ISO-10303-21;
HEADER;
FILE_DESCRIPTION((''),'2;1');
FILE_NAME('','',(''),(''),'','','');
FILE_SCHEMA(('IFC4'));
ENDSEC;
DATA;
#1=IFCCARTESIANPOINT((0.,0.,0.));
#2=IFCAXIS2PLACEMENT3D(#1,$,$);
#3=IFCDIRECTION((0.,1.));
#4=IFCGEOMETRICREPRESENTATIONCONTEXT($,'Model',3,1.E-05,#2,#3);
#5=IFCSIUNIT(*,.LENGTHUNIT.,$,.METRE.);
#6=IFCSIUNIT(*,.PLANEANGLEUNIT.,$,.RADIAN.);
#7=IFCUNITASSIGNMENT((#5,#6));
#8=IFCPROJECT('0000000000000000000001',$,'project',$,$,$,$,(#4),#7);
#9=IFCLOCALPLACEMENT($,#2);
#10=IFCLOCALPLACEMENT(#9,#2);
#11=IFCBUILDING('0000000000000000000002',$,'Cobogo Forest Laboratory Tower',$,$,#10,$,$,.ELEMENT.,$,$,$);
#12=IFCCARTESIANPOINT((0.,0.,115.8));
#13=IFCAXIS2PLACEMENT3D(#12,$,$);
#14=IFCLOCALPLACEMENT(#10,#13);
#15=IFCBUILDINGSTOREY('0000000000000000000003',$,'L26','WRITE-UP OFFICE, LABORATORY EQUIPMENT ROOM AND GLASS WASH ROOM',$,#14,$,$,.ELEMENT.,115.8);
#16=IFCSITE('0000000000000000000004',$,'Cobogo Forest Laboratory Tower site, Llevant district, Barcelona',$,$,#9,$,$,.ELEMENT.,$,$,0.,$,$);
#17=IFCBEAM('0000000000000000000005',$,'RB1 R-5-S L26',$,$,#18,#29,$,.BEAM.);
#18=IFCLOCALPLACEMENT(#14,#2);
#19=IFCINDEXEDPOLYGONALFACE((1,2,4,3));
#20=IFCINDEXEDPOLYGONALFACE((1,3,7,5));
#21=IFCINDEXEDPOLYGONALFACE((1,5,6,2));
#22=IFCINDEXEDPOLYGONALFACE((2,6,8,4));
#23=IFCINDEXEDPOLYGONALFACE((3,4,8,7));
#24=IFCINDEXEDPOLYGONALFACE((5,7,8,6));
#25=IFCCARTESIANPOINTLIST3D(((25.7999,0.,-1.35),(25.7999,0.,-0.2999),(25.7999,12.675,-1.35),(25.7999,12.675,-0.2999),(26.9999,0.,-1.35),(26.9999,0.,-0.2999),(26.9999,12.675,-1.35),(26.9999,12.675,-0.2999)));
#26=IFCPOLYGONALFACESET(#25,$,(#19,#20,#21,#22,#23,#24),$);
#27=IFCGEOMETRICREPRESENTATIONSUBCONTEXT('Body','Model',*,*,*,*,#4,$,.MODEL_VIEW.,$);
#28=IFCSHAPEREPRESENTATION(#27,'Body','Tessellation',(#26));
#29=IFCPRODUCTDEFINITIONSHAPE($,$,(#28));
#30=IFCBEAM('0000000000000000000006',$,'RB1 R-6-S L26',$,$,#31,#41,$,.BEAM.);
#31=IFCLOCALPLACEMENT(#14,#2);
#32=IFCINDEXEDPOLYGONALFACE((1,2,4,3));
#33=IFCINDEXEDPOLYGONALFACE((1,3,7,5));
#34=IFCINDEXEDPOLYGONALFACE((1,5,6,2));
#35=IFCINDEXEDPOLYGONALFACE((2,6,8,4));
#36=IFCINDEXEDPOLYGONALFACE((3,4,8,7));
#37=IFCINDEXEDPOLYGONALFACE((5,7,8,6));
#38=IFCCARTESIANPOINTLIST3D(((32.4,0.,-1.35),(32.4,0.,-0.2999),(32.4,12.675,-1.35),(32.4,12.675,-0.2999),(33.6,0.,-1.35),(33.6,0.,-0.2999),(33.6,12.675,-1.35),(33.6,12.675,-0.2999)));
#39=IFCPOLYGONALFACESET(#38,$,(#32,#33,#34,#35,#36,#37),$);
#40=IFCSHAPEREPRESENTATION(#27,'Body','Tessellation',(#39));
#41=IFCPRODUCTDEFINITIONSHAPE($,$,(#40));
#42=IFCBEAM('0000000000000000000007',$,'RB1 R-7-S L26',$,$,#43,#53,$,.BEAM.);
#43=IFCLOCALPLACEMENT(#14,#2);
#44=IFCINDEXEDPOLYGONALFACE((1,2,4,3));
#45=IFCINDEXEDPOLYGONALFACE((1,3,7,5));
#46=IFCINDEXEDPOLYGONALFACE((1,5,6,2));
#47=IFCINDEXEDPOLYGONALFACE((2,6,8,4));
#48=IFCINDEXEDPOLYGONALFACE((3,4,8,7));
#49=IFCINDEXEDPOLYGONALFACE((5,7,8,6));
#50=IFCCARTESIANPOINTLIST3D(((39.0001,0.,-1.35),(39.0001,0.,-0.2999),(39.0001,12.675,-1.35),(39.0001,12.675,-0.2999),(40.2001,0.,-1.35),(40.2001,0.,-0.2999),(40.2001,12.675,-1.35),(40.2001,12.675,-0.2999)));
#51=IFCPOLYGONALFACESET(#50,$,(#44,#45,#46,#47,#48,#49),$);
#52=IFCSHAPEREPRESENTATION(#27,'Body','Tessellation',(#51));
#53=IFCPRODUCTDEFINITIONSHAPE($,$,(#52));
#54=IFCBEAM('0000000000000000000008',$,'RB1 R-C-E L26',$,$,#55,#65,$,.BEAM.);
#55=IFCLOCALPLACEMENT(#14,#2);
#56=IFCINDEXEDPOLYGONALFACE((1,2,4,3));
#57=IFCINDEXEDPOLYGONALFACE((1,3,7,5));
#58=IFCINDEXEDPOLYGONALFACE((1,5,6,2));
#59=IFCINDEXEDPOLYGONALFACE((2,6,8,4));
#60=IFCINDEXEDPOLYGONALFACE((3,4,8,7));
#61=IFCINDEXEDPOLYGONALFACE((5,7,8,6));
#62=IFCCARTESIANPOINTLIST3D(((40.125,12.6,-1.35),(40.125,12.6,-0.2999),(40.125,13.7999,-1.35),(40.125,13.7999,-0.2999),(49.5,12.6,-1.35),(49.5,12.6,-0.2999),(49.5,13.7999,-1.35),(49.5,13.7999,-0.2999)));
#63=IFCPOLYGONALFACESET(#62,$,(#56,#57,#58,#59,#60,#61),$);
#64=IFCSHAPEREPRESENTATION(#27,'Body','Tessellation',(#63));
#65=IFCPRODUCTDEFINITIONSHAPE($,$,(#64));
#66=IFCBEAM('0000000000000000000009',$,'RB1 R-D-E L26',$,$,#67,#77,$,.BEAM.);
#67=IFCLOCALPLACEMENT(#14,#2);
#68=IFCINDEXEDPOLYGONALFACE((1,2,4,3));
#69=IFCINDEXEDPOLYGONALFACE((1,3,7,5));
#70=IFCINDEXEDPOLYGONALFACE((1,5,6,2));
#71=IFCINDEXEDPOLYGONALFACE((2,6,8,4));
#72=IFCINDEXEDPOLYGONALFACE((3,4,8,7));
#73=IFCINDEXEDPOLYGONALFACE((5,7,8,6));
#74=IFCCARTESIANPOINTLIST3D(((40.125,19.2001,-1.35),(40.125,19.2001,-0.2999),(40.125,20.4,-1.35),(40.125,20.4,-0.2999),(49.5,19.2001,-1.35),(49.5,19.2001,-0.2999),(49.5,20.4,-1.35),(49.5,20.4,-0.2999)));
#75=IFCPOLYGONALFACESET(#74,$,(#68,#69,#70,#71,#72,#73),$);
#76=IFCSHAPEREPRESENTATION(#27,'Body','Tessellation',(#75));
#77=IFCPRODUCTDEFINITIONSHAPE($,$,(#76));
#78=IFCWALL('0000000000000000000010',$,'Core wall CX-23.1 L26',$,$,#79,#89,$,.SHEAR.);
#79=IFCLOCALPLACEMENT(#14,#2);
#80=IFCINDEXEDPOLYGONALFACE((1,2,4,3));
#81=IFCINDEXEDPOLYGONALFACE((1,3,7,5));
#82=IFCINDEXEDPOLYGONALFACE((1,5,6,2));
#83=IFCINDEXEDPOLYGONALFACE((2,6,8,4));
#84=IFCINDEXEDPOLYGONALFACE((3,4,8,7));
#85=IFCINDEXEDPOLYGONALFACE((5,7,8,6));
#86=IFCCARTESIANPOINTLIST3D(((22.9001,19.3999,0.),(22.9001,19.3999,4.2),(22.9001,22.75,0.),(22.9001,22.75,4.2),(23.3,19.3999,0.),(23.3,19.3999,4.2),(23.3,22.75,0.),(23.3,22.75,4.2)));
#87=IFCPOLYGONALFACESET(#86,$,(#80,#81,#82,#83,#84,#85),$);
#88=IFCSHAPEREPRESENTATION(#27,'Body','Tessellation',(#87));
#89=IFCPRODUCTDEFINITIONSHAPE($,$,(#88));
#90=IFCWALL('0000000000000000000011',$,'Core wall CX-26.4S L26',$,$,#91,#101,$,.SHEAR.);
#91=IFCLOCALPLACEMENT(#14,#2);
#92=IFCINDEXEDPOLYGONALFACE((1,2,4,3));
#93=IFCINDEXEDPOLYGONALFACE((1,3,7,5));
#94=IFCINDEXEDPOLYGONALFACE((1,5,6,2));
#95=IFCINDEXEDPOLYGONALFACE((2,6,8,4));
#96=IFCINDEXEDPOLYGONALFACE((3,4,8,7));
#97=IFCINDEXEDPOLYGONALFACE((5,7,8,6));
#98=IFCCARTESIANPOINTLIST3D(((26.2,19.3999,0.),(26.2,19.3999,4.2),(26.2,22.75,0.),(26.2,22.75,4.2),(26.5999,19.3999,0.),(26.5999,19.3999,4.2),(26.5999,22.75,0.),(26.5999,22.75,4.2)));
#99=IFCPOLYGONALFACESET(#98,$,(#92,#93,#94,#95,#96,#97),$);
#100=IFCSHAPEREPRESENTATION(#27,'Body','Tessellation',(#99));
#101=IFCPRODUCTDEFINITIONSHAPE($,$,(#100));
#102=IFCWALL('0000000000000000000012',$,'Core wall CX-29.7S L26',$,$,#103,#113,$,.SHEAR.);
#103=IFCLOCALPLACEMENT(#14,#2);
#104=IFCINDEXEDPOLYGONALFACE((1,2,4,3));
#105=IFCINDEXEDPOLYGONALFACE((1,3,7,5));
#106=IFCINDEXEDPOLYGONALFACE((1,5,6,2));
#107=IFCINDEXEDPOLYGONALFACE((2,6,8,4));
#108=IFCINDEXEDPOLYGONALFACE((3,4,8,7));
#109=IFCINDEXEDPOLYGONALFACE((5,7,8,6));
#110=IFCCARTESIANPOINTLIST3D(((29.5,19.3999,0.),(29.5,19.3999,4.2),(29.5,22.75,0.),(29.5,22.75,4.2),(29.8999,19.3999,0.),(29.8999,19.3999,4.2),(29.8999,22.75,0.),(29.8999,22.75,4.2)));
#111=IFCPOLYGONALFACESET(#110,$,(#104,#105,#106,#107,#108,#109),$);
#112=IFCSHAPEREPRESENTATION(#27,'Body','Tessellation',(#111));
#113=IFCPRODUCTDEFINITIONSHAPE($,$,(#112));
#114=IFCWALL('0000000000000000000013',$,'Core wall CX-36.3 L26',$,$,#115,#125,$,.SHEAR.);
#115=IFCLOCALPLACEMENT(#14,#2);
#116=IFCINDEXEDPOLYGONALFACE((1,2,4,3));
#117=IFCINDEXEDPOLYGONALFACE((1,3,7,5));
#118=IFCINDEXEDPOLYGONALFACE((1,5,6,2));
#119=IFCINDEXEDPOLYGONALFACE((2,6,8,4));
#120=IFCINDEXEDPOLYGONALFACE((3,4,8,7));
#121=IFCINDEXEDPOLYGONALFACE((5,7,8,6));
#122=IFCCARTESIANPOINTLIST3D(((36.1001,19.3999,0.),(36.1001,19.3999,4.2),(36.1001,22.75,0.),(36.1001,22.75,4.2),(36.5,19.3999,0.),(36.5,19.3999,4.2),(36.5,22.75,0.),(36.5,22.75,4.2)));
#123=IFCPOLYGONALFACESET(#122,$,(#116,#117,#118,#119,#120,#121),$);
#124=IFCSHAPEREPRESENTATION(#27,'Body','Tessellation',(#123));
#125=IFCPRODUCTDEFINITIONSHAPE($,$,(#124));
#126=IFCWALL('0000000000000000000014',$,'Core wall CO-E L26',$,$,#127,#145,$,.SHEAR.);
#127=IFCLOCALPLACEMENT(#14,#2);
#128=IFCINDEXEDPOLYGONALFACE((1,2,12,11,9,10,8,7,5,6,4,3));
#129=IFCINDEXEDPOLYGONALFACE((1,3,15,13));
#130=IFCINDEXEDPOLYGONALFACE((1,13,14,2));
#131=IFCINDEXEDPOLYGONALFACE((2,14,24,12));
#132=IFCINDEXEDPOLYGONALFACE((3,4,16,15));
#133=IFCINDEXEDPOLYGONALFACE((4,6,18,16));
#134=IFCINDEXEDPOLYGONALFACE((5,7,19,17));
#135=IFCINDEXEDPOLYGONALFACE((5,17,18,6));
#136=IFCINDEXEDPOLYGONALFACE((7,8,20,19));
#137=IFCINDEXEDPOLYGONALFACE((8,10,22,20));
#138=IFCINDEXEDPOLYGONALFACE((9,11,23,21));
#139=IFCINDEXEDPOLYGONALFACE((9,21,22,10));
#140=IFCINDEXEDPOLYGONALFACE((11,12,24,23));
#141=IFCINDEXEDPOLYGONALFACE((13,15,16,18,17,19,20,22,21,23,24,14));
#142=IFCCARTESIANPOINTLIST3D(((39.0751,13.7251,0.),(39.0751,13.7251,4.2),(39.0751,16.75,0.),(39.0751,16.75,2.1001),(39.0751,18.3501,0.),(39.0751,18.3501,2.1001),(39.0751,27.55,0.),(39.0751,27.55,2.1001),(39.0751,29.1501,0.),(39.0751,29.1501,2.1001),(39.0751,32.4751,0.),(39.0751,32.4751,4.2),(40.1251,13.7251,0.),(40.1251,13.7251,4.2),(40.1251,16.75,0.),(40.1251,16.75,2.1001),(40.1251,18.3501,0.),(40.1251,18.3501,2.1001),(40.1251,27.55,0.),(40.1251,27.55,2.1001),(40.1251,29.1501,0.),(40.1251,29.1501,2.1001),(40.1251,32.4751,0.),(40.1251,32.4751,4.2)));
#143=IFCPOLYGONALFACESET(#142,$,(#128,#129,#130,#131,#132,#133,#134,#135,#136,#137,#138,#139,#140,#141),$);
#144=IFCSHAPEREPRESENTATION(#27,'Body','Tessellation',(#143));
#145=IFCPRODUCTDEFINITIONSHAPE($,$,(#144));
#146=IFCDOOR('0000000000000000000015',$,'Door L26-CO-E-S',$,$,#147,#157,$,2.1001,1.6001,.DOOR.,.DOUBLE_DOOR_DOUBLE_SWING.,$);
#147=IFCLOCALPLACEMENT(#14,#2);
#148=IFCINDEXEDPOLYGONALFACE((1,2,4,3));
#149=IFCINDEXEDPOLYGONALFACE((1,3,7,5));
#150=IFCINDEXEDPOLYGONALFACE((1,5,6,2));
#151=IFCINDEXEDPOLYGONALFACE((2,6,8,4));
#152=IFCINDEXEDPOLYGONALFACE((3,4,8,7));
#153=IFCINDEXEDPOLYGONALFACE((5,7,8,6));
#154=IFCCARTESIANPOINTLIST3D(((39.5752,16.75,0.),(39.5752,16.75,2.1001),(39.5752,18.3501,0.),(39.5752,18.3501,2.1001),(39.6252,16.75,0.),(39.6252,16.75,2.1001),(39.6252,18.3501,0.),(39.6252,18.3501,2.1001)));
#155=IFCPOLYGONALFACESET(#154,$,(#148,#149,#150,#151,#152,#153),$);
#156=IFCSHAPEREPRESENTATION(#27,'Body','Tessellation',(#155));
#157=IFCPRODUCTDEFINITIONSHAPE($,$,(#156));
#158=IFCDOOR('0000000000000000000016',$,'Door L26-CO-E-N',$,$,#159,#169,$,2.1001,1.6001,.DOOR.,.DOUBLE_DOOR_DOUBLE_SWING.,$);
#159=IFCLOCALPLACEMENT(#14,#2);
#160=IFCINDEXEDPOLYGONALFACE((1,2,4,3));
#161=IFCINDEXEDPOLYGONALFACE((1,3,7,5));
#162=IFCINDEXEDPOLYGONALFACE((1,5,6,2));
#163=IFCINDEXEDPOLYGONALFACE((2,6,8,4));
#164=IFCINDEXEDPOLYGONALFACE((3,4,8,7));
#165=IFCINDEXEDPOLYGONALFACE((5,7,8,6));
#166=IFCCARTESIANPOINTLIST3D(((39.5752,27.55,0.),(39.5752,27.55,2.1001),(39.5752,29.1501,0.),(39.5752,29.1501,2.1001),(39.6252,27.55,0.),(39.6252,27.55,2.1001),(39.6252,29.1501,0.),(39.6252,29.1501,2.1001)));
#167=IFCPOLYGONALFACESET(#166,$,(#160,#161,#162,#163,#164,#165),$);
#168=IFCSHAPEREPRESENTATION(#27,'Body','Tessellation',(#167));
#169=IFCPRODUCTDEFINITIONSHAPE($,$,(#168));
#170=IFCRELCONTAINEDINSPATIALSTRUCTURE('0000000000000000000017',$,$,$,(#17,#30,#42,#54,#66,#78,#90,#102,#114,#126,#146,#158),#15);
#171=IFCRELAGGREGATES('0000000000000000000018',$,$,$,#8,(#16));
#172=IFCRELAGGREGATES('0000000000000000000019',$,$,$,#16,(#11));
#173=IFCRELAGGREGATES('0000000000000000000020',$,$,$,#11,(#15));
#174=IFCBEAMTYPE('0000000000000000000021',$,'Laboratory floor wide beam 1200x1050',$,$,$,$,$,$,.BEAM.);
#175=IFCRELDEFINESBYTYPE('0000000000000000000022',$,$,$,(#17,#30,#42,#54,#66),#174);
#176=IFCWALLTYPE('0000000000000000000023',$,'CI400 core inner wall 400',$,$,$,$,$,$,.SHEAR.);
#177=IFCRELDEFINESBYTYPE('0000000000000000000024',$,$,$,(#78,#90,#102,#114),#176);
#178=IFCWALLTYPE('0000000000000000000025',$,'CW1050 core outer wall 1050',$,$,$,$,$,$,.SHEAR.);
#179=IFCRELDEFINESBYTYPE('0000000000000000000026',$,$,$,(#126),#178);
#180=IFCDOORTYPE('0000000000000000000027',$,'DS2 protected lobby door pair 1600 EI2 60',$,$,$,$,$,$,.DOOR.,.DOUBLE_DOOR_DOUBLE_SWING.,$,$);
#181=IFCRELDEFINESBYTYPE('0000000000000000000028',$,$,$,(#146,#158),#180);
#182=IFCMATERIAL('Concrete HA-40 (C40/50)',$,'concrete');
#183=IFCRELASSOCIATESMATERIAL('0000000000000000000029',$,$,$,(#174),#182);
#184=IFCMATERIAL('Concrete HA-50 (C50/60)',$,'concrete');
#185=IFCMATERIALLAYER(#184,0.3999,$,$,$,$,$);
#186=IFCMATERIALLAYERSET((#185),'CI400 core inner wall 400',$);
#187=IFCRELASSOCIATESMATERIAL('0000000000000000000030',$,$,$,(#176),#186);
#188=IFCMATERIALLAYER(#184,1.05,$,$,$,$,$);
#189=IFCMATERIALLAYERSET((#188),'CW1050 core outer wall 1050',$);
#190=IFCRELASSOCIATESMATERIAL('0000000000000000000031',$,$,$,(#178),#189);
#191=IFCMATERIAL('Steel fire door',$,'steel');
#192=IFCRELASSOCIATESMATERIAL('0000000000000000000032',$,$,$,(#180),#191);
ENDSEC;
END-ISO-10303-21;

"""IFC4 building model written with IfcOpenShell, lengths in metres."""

from ifc_helpers import new_model, si_unit, direction, frame, frame_2d, origin, origin_2d, place, context, subcontext, project, spatial, rectangle, extrude, material, layer, layer_set, material_profile, profile_set, type_object, element, fill, save


model = new_model("IFC4")

# Units and contexts
model_context = context("Model", 3, precision=1e-05, world=origin(), true_north=direction((0.0, 1.0)))
body_context = subcontext(model_context, "Body", "Model", "MODEL_VIEW")
ifc_project = project(units=[si_unit("LENGTHUNIT", "METRE"), si_unit("PLANEANGLEUNIT", "RADIAN")], contexts=[model_context])

# Site, building, storey
site_placement = place(None, origin())
site = spatial("IfcSite", under=ifc_project, at=site_placement, Name="Cobogo Forest Laboratory Tower site, Llevant district, Barcelona", CompositionType="ELEMENT", RefElevation=0.0)
building_placement = place(site_placement, origin())
building = spatial("IfcBuilding", under=site, at=building_placement, Name="Cobogo Forest Laboratory Tower", CompositionType="ELEMENT")
storey_placement = place(building_placement, frame((0.0, 0.0, 115.8)))
storey = spatial("IfcBuildingStorey", under=building, at=storey_placement, Name="L26", Description="WRITE-UP OFFICE, LABORATORY EQUIPMENT ROOM AND GLASS WASH ROOM", CompositionType="ELEMENT", Elevation=115.8)

# Beams
ifc_material_1 = material(Name="Concrete HA-40 (C40/50)", Category="concrete")
ifc_material_profile = material_profile(ifc_material_1, rectangle(XDim=1.2, YDim=1.05, at=origin_2d()), Name="RC 1200x1050")
ifc_profile_set = profile_set([ifc_material_profile], Name="Concrete HA-40 (C40/50)")
beam_type = type_object("IfcBeamType", Name="Laboratory floor wide beam 1200x1050", PredefinedType="BEAM", material=ifc_profile_set)
for number, where, z_axis, x_axis, name in (
    (1, (26.3999, 12.675, -0.825), (0.0, -1.0, 0.0), (1.0, 0.0, 0.0), "RB1 R-5-S L26"),
    (2, (33.0, 12.675, -0.825), (0.0, -1.0, 0.0), (1.0, 0.0, 0.0), "RB1 R-6-S L26"),
    (3, (39.6001, 12.675, -0.825), (0.0, -1.0, 0.0), (1.0, 0.0, 0.0), "RB1 R-7-S L26"),
):
    element("IfcBeam", number, at=place(storey_placement, frame(where, z_axis=z_axis, x_axis=x_axis)), inside=storey, type_object=beam_type, Name=name, PredefinedType="BEAM", context=body_context, shape_type="SweptSolid", body=[
        extrude(rectangle(XDim=1.2, YDim=1.05, at=origin_2d()), origin(), (0.0, 0.0, 1.0), 12.675),
    ])
for number, where, z_axis, x_axis, name in (
    (4, (40.125, 13.2, -0.825), (1.0, 0.0, 0.0), (0.0, 1.0, 0.0), "RB1 R-C-E L26"),
    (5, (40.125, 19.8, -0.825), (1.0, 0.0, 0.0), (0.0, 1.0, 0.0), "RB1 R-D-E L26"),
):
    element("IfcBeam", number, at=place(storey_placement, frame(where, z_axis=z_axis, x_axis=x_axis)), inside=storey, type_object=beam_type, Name=name, PredefinedType="BEAM", context=body_context, shape_type="SweptSolid", body=[
        extrude(rectangle(XDim=1.2, YDim=1.05, at=origin_2d()), origin(), (0.0, 0.0, 1.0), 9.375),
    ])

# Walls
ifc_material_2 = material(Name="Concrete HA-50 (C50/60)", Category="concrete")
ifc_layer_1 = layer(ifc_material_2, 0.3999)
ifc_layer_set_1 = layer_set([ifc_layer_1], Name="CI400 core inner wall 400")
wall_type_1 = type_object("IfcWallType", Name="CI400 core inner wall 400", PredefinedType="SHEAR", material=ifc_layer_set_1)
for number, where, z_axis, x_axis, name in (
    (6, (23.1001, 19.3999, 0.0), (0.0, 0.0, 1.0), (0.0, 1.0, 0.0), "Core wall CX-23.1 L26"),
    (7, (26.3999, 19.3999, 0.0), (0.0, 0.0, 1.0), (0.0, 1.0, 0.0), "Core wall CX-26.4S L26"),
    (8, (29.7, 19.3999, 0.0), (0.0, 0.0, 1.0), (0.0, 1.0, 0.0), "Core wall CX-29.7S L26"),
    (9, (36.3, 19.3999, 0.0), (0.0, 0.0, 1.0), (0.0, 1.0, 0.0), "Core wall CX-36.3 L26"),
):
    element("IfcWall", number, at=place(storey_placement, frame(where, z_axis=z_axis, x_axis=x_axis)), inside=storey, type_object=wall_type_1, Name=name, PredefinedType="SHEAR", context=body_context, shape_type="SweptSolid", body=[
        extrude(rectangle(XDim=3.3501, YDim=0.3999, at=frame_2d((1.675, 0.0))), origin(), (0.0, 0.0, 1.0), 4.2),
    ])

# Wall, openings, doors
ifc_layer_2 = layer(ifc_material_2, 1.05)
ifc_layer_set_2 = layer_set([ifc_layer_2], Name="CW1050 core outer wall 1050")
wall_type_2 = type_object("IfcWallType", Name="CW1050 core outer wall 1050", PredefinedType="SHEAR", material=ifc_layer_set_2)
wall_1_placement = place(storey_placement, frame((39.6001, 13.7251, 0.0), z_axis=(0.0, 0.0, 1.0), x_axis=(0.0, 1.0, 0.0)))
wall_1 = element("IfcWall", 10, at=wall_1_placement, inside=storey, type_object=wall_type_2, Name="Core wall CO-E L26", PredefinedType="SHEAR", context=body_context, shape_type="SweptSolid", body=[
    extrude(rectangle(XDim=18.75, YDim=1.05, at=frame_2d((9.375, 0.0))), origin(), (0.0, 0.0, 1.0), 4.2),
])
opening_1_placement = place(wall_1_placement, frame((3.0249, 0.0, 0.0)))
opening_1 = element("IfcOpeningElement", 11, at=opening_1_placement, cuts=wall_1, PredefinedType="OPENING", context=body_context, shape_type="SweptSolid", body=[
    extrude(rectangle(XDim=1.6001, YDim=2.1001, at=frame_2d((0.8, 1.05))), frame((0.0, 0.5349, 0.0), z_axis=(0.0, -1.0, 0.0), x_axis=(1.0, 0.0, 0.0)), (0.0, 0.0, 1.0), 1.0701),
])
opening_2_placement = place(wall_1_placement, frame((13.825, 0.0, 0.0)))
opening_2 = element("IfcOpeningElement", 12, at=opening_2_placement, cuts=wall_1, PredefinedType="OPENING", context=body_context, shape_type="SweptSolid", body=[
    extrude(rectangle(XDim=1.6001, YDim=2.1001, at=frame_2d((0.8, 1.05))), frame((0.0, 0.5349, 0.0), z_axis=(0.0, -1.0, 0.0), x_axis=(1.0, 0.0, 0.0)), (0.0, 0.0, 1.0), 1.0701),
])
ifc_material_3 = material(Name="Steel fire door", Category="steel")
door_type_1 = type_object("IfcDoorType", Name="DS2 protected lobby door pair 1600 EI2 60", OperationType="DOUBLE_DOOR_DOUBLE_SWING", PredefinedType="DOOR", material=ifc_material_3)
door_1_placement = place(opening_1_placement, origin())
door_1 = element("IfcDoor", 13, at=door_1_placement, inside=storey, type_object=door_type_1, Name="Door L26-CO-E-S", OperationType="DOUBLE_DOOR_DOUBLE_SWING", OverallHeight=2.1001, OverallWidth=1.6001, PredefinedType="DOOR", context=body_context, shape_type="SweptSolid", body=[
    extrude(rectangle(XDim=1.6001, YDim=2.1001, at=frame_2d((0.8, 1.05))), frame((0.0, 0.0249, 0.0), z_axis=(0.0, -1.0, 0.0), x_axis=(1.0, 0.0, 0.0)), (0.0, 0.0, 1.0), 0.05),
])
fill(opening_1, door_1)
door_2_placement = place(opening_2_placement, origin())
door_2 = element("IfcDoor", 14, at=door_2_placement, inside=storey, type_object=door_type_1, Name="Door L26-CO-E-N", OperationType="DOUBLE_DOOR_DOUBLE_SWING", OverallHeight=2.1001, OverallWidth=1.6001, PredefinedType="DOOR", context=body_context, shape_type="SweptSolid", body=[
    extrude(rectangle(XDim=1.6001, YDim=2.1001, at=frame_2d((0.8, 1.05))), frame((0.0, 0.0249, 0.0), z_axis=(0.0, -1.0, 0.0), x_axis=(1.0, 0.0, 0.0)), (0.0, 0.0, 1.0), 0.05),
])
fill(opening_2, door_2)

save(model, "model.ifc")
